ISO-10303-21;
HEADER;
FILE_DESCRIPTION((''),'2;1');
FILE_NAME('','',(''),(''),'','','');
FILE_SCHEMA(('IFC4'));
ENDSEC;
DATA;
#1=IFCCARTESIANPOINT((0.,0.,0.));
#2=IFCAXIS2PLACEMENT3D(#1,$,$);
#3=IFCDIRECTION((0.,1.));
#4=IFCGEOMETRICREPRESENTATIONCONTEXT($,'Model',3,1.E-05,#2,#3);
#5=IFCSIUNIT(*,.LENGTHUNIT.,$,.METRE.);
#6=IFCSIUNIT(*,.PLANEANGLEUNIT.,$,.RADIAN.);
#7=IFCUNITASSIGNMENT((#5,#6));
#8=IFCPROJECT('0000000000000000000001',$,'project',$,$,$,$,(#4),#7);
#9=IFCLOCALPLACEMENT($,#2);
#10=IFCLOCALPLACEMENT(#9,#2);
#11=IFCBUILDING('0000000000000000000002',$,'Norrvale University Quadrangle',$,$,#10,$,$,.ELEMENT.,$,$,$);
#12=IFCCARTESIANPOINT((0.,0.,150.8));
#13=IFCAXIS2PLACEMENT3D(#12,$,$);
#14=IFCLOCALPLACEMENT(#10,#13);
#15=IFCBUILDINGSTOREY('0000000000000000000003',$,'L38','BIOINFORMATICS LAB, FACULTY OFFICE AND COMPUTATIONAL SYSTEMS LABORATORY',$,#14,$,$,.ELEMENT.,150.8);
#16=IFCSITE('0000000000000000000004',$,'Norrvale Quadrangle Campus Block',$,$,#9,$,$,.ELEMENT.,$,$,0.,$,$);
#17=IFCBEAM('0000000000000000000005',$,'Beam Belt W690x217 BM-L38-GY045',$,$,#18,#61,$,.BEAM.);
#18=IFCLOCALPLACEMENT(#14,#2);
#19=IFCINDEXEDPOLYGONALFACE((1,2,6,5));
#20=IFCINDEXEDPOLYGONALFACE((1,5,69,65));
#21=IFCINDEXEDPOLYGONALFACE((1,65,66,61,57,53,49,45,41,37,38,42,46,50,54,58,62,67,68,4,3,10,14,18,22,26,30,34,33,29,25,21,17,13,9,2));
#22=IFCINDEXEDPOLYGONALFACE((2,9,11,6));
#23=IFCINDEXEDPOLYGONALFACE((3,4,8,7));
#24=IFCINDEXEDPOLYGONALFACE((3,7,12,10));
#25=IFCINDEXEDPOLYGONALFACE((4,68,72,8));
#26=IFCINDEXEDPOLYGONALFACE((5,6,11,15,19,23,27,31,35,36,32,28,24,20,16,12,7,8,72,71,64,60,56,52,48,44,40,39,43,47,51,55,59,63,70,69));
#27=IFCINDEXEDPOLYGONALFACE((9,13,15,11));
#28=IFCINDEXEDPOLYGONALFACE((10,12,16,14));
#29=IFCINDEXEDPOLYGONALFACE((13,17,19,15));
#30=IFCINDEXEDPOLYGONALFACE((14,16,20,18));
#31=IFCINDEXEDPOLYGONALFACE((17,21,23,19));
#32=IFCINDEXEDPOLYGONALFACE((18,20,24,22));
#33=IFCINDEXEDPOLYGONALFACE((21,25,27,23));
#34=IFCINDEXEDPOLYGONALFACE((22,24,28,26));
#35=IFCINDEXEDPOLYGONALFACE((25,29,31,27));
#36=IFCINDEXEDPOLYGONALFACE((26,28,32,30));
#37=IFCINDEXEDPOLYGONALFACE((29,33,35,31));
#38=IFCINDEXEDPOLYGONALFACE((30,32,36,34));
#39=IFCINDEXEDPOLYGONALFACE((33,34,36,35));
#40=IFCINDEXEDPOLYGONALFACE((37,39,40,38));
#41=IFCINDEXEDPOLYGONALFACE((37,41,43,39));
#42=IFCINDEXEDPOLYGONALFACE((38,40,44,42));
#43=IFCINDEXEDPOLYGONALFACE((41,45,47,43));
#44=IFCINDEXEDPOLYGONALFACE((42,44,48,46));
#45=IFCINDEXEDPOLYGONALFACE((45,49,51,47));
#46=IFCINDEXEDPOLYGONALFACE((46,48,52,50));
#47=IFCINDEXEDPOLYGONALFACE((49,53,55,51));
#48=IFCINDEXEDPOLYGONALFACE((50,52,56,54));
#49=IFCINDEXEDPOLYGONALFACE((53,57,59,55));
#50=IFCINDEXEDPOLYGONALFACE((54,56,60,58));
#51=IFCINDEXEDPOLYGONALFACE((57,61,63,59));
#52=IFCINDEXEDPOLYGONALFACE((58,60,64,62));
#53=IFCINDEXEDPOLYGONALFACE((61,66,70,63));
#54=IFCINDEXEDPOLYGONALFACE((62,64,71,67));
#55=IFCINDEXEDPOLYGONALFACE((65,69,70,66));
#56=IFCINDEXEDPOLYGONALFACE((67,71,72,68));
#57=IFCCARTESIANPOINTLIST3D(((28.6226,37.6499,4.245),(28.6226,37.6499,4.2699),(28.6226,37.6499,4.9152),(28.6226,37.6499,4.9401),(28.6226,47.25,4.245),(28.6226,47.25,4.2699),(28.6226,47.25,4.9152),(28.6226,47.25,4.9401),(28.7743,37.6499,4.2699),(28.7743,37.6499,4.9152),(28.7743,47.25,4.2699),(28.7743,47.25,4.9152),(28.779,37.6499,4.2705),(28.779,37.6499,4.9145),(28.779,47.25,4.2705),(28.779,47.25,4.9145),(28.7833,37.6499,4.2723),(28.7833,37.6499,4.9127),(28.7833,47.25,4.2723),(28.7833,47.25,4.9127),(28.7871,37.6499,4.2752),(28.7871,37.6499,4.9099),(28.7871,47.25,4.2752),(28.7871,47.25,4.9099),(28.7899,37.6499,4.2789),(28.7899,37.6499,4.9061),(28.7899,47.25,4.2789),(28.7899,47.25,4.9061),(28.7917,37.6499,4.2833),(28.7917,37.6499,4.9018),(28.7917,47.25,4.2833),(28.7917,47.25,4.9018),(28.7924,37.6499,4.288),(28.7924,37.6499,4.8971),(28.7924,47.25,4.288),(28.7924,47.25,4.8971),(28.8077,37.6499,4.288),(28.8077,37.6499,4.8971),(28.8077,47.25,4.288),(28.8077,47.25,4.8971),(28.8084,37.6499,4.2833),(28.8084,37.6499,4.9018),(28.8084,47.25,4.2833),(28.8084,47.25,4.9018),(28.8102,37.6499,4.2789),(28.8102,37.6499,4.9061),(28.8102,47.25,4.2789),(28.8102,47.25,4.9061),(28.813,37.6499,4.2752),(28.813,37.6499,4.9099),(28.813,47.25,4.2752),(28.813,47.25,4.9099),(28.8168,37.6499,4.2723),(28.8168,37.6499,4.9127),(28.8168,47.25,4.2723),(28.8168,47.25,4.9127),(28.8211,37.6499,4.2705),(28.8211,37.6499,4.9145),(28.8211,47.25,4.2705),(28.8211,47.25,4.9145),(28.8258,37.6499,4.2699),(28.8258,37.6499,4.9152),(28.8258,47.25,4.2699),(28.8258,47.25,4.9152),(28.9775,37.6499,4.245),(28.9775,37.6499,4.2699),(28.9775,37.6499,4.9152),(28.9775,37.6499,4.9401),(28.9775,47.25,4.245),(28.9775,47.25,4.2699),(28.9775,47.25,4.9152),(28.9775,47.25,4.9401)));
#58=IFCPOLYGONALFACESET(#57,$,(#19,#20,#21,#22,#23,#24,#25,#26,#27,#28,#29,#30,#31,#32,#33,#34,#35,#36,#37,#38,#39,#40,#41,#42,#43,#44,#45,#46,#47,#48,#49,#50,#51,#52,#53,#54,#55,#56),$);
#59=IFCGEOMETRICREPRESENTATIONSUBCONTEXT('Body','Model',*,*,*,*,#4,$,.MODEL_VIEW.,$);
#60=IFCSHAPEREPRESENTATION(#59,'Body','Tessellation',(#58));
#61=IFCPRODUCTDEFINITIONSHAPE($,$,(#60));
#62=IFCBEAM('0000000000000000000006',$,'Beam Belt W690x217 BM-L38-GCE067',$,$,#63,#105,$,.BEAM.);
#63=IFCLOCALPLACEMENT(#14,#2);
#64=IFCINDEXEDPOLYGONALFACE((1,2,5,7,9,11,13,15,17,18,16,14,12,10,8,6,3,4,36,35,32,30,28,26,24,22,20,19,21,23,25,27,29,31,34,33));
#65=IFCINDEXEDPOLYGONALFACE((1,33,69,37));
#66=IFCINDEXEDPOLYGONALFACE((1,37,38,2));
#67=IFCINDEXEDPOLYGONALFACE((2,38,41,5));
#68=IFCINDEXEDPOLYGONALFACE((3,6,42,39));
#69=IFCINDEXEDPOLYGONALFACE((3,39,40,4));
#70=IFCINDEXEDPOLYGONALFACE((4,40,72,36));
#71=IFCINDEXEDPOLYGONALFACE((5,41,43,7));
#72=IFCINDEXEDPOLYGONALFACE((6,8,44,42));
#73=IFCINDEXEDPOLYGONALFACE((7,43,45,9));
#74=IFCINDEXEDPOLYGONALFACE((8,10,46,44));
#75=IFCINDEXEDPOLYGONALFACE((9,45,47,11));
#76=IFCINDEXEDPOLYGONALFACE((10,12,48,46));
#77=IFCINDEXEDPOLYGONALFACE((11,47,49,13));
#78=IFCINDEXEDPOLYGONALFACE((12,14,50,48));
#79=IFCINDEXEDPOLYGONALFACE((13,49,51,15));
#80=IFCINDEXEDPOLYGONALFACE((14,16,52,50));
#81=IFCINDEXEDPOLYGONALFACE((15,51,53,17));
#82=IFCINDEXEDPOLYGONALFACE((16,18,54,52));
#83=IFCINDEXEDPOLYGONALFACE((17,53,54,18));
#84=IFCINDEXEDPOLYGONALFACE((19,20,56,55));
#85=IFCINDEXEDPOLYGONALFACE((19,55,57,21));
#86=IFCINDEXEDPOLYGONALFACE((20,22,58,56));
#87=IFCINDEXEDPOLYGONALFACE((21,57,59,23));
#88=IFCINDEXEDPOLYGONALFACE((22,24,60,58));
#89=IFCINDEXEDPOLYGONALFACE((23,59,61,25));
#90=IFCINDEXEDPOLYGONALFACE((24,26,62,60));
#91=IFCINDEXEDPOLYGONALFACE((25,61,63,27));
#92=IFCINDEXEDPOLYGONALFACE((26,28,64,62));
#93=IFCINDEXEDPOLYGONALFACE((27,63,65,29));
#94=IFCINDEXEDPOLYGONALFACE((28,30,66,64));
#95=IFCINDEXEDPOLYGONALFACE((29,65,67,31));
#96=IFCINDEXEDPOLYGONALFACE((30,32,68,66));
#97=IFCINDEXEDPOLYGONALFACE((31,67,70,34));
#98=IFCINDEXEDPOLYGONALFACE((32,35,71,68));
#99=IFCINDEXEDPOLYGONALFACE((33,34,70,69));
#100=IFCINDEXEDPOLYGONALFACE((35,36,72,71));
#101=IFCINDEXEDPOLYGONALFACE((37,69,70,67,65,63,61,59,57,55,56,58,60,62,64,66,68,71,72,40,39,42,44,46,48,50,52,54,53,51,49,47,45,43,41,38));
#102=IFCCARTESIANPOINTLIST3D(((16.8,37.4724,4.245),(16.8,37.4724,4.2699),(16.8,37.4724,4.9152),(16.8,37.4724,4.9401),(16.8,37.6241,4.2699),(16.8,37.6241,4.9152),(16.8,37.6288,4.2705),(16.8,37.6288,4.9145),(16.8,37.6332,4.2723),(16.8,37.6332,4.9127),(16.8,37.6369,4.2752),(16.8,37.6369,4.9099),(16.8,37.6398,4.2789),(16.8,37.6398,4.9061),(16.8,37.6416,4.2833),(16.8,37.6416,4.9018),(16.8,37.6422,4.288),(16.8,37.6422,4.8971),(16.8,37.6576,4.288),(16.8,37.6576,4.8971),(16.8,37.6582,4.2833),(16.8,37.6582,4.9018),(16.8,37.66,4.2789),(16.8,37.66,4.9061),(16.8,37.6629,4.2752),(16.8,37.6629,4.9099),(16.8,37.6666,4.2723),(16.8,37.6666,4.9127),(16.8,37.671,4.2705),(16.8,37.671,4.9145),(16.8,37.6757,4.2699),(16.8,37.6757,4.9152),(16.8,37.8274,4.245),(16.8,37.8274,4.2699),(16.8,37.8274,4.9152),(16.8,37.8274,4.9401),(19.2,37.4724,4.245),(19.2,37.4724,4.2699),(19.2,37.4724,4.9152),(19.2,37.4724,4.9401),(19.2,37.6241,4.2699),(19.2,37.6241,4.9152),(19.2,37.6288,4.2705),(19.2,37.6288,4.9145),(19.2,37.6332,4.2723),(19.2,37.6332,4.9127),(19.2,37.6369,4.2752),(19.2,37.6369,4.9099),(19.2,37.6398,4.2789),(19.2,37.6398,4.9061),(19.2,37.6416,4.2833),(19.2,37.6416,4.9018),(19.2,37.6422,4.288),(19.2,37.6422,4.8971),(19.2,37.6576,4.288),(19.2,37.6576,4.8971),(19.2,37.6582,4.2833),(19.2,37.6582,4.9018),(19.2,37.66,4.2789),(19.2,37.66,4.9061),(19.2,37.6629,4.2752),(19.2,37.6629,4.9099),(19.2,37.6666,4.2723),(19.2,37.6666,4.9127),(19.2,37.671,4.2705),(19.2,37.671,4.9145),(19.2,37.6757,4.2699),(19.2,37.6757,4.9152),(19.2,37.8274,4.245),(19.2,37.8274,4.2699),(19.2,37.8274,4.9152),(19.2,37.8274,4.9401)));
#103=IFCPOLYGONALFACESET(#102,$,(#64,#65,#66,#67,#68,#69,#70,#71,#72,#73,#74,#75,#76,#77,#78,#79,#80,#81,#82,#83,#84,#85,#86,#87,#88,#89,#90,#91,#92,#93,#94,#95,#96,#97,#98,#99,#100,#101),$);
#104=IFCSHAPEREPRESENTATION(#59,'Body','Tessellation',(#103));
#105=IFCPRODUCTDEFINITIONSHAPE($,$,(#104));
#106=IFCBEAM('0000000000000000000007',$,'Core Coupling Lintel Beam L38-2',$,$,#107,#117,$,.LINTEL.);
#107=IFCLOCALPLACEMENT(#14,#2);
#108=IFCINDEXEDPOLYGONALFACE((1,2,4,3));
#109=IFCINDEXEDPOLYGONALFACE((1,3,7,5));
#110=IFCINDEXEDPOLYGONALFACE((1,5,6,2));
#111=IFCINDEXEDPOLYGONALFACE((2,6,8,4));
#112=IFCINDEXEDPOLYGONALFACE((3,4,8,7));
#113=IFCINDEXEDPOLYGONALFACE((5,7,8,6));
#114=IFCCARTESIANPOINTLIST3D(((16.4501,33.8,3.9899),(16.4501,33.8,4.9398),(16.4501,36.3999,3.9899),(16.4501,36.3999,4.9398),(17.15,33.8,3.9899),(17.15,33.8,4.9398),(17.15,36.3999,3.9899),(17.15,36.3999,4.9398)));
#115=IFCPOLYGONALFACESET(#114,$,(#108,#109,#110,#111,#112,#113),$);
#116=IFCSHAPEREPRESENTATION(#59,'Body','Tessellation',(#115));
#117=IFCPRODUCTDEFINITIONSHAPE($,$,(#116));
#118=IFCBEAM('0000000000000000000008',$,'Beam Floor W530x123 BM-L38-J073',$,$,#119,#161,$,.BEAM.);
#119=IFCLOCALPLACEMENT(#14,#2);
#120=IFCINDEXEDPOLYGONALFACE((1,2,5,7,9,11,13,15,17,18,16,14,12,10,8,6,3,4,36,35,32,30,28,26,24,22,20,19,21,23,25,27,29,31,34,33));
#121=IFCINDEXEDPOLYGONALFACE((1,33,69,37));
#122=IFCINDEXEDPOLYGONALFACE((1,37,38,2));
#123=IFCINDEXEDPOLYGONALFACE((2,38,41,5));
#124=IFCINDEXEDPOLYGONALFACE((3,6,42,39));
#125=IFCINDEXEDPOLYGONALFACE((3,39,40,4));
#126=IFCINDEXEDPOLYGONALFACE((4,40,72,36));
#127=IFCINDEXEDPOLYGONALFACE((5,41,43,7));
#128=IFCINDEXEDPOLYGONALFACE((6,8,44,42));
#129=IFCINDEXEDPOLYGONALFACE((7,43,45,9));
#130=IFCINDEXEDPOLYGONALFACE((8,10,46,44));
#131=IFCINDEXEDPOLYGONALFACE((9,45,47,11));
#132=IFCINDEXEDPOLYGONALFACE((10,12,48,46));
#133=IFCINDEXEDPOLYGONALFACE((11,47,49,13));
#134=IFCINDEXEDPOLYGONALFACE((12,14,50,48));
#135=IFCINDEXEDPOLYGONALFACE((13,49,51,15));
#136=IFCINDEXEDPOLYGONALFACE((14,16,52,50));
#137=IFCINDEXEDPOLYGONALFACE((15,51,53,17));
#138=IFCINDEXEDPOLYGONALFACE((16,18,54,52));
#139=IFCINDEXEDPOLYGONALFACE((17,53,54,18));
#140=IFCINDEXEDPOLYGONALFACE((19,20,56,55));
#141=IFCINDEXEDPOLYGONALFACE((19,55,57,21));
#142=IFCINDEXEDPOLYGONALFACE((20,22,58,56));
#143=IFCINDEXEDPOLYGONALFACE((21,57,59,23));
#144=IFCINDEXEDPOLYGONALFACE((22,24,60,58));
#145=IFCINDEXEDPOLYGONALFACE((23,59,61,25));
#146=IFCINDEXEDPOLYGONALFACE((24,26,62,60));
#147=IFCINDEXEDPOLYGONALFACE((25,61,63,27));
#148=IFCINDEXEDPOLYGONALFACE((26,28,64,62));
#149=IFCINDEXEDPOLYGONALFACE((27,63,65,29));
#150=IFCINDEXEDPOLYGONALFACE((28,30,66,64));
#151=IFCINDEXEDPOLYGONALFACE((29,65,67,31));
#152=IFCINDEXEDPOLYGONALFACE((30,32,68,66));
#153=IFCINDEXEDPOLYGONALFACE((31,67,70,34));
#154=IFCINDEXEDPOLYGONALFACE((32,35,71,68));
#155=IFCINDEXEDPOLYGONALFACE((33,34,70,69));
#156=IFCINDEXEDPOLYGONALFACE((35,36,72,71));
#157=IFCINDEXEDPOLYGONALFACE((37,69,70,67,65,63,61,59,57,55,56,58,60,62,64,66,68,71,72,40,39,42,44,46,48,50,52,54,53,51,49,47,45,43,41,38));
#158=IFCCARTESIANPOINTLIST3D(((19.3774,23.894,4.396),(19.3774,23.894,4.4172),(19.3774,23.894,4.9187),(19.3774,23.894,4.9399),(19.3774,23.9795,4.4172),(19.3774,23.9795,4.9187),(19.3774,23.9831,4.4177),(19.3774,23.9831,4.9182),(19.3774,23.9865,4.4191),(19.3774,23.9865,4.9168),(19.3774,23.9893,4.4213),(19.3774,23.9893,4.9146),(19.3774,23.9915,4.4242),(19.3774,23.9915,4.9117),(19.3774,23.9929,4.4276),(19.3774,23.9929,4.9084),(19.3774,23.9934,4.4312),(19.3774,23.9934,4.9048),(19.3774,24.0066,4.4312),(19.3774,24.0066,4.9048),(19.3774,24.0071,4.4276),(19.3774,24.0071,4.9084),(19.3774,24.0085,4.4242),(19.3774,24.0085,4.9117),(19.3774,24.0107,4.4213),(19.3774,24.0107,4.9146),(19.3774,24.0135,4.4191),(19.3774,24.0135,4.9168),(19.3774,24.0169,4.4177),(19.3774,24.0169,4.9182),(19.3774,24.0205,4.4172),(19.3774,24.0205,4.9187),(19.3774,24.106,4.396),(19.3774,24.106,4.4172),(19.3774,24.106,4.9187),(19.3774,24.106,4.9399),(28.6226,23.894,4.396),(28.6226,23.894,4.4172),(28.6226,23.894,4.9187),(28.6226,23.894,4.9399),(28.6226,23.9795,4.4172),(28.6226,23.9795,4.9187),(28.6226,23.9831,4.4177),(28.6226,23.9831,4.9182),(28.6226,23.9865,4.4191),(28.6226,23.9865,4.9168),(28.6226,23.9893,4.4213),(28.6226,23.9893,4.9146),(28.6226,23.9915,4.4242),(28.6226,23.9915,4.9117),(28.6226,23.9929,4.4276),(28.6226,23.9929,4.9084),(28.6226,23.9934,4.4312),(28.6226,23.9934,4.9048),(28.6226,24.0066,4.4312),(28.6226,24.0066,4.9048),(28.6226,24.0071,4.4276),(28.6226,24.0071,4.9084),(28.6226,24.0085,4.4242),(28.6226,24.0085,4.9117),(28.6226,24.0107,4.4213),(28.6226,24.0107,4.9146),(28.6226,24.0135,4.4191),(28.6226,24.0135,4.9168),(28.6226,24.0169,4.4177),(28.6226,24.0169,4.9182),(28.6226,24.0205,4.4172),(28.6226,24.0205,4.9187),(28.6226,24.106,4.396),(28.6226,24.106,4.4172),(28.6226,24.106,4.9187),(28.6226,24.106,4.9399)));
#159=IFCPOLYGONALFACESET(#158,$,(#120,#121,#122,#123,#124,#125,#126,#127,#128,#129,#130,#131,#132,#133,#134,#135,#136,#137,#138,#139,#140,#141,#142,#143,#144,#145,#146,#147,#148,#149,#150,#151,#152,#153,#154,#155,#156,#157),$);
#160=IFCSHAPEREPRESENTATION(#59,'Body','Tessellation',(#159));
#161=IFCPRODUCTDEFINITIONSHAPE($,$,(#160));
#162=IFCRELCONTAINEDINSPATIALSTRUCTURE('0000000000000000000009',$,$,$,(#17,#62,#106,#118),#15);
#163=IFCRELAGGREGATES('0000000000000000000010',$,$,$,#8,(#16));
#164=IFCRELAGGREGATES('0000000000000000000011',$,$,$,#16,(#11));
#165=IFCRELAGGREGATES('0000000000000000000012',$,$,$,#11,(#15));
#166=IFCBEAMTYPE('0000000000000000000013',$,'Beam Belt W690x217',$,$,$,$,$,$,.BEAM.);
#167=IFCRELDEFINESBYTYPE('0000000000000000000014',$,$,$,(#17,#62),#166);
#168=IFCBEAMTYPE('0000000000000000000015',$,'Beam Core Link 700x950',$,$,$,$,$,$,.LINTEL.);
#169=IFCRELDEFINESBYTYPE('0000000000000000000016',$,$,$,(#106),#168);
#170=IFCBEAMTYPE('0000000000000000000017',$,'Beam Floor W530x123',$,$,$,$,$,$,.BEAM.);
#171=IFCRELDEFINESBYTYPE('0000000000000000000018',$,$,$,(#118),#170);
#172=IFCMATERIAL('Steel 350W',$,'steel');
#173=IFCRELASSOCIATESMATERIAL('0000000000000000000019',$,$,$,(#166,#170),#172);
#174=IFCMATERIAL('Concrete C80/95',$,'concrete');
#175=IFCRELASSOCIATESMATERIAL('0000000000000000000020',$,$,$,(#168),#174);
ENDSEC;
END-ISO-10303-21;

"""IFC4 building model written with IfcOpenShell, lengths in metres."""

from ifc_helpers import new_model, si_unit, direction, frame, origin, origin_2d, place, context, subcontext, project, spatial, rectangle, i_section, extrude, material, material_profile, profile_set, type_object, element, save


model = new_model("IFC4")

# Units and contexts
model_context = context("Model", 3, precision=1e-05, world=origin(), true_north=direction((0.0, 1.0)))
body_context = subcontext(model_context, "Body", "Model", "MODEL_VIEW")
ifc_project = project(units=[si_unit("LENGTHUNIT", "METRE"), si_unit("PLANEANGLEUNIT", "RADIAN")], contexts=[model_context])

# Site, building, storey
site_placement = place(None, origin())
site = spatial("IfcSite", under=ifc_project, at=site_placement, Name="Norrvale Quadrangle Campus Block", CompositionType="ELEMENT", RefElevation=0.0)
building_placement = place(site_placement, origin())
building = spatial("IfcBuilding", under=site, at=building_placement, Name="Norrvale University Quadrangle", CompositionType="ELEMENT")
storey_placement = place(building_placement, frame((0.0, 0.0, 150.8)))
storey = spatial("IfcBuildingStorey", under=building, at=storey_placement, Name="L38", Description="BIOINFORMATICS LAB, FACULTY OFFICE AND COMPUTATIONAL SYSTEMS LABORATORY", CompositionType="ELEMENT", Elevation=150.8)

# Beams
ifc_material_1 = material(Name="Steel 350W", Category="steel")
ifc_material_profile_1 = material_profile(ifc_material_1, i_section(OverallWidth=0.355, OverallDepth=0.6951, WebThickness=0.0154, FlangeThickness=0.0249, FilletRadius=0.0181, at=origin_2d()), Name="Steel 350W")
ifc_profile_set_1 = profile_set([ifc_material_profile_1], Name="Steel 350W")
beam_type_1 = type_object("IfcBeamType", Name="Beam Belt W690x217", PredefinedType="BEAM", material=ifc_profile_set_1)
beam_1_placement = place(storey_placement, frame((28.8, 37.6499, 4.5925), z_axis=(0.0, 1.0, 0.0), x_axis=(-1.0, 0.0, 0.0)))
element("IfcBeam", 1, at=beam_1_placement, inside=storey, type_object=beam_type_1, Name="Beam Belt W690x217 BM-L38-GY045", PredefinedType="BEAM", context=body_context, shape_type="SweptSolid", body=[
    extrude(i_section(OverallWidth=0.355, OverallDepth=0.6951, WebThickness=0.0154, FlangeThickness=0.0249, FilletRadius=0.0181, at=origin_2d()), origin(), (0.0, 0.0, 1.0), 9.6001),
])
beam_2_placement = place(storey_placement, frame((16.8, 37.6499, 4.5925), z_axis=(1.0, 0.0, 0.0), x_axis=(0.0, 1.0, 0.0)))
element("IfcBeam", 2, at=beam_2_placement, inside=storey, type_object=beam_type_1, Name="Beam Belt W690x217 BM-L38-GCE067", PredefinedType="BEAM", context=body_context, shape_type="SweptSolid", body=[
    extrude(i_section(OverallWidth=0.355, OverallDepth=0.6951, WebThickness=0.0154, FlangeThickness=0.0249, FilletRadius=0.0181, at=origin_2d()), origin(), (0.0, 0.0, 1.0), 2.3999),
])
ifc_material_2 = material(Name="Concrete C80/95", Category="concrete")
ifc_material_profile_2 = material_profile(ifc_material_2, rectangle(XDim=0.7, YDim=0.95, at=origin_2d()), Name="Concrete C80/95")
ifc_profile_set_2 = profile_set([ifc_material_profile_2], Name="Concrete C80/95")
beam_type_2 = type_object("IfcBeamType", Name="Beam Core Link 700x950", PredefinedType="LINTEL", material=ifc_profile_set_2)
beam_3_placement = place(storey_placement, frame((16.8, 33.8, 4.4648), z_axis=(0.0, 1.0, 0.0), x_axis=(-1.0, 0.0, 0.0)))
element("IfcBeam", 3, at=beam_3_placement, inside=storey, type_object=beam_type_2, Name="Core Coupling Lintel Beam L38-2", PredefinedType="LINTEL", context=body_context, shape_type="SweptSolid", body=[
    extrude(rectangle(XDim=0.7, YDim=0.95, at=origin_2d()), origin(), (0.0, 0.0, 1.0), 2.5999),
])
ifc_material_profile_3 = material_profile(ifc_material_1, i_section(OverallWidth=0.2119, OverallDepth=0.5439, WebThickness=0.0132, FlangeThickness=0.0212, FilletRadius=0.0139, at=origin_2d()), Name="Steel 350W")
ifc_profile_set_3 = profile_set([ifc_material_profile_3], Name="Steel 350W")
beam_type_3 = type_object("IfcBeamType", Name="Beam Floor W530x123", PredefinedType="BEAM", material=ifc_profile_set_3)
for number, where, z_axis, x_axis, name in (
    (4, (19.3774, 24.0, 4.668), (1.0, 0.0, 0.0), (0.0, 1.0, 0.0), "Beam Floor W530x123 BM-L38-J073"),
):
    element("IfcBeam", number, at=place(storey_placement, frame(where, z_axis=z_axis, x_axis=x_axis)), inside=storey, type_object=beam_type_3, Name=name, PredefinedType="BEAM", context=body_context, shape_type="SweptSolid", body=[
        extrude(i_section(OverallWidth=0.2119, OverallDepth=0.5439, WebThickness=0.0132, FlangeThickness=0.0212, FilletRadius=0.0139, at=origin_2d()), origin(), (0.0, 0.0, 1.0), 9.2451),
    ])

save(model, "model.ifc")
